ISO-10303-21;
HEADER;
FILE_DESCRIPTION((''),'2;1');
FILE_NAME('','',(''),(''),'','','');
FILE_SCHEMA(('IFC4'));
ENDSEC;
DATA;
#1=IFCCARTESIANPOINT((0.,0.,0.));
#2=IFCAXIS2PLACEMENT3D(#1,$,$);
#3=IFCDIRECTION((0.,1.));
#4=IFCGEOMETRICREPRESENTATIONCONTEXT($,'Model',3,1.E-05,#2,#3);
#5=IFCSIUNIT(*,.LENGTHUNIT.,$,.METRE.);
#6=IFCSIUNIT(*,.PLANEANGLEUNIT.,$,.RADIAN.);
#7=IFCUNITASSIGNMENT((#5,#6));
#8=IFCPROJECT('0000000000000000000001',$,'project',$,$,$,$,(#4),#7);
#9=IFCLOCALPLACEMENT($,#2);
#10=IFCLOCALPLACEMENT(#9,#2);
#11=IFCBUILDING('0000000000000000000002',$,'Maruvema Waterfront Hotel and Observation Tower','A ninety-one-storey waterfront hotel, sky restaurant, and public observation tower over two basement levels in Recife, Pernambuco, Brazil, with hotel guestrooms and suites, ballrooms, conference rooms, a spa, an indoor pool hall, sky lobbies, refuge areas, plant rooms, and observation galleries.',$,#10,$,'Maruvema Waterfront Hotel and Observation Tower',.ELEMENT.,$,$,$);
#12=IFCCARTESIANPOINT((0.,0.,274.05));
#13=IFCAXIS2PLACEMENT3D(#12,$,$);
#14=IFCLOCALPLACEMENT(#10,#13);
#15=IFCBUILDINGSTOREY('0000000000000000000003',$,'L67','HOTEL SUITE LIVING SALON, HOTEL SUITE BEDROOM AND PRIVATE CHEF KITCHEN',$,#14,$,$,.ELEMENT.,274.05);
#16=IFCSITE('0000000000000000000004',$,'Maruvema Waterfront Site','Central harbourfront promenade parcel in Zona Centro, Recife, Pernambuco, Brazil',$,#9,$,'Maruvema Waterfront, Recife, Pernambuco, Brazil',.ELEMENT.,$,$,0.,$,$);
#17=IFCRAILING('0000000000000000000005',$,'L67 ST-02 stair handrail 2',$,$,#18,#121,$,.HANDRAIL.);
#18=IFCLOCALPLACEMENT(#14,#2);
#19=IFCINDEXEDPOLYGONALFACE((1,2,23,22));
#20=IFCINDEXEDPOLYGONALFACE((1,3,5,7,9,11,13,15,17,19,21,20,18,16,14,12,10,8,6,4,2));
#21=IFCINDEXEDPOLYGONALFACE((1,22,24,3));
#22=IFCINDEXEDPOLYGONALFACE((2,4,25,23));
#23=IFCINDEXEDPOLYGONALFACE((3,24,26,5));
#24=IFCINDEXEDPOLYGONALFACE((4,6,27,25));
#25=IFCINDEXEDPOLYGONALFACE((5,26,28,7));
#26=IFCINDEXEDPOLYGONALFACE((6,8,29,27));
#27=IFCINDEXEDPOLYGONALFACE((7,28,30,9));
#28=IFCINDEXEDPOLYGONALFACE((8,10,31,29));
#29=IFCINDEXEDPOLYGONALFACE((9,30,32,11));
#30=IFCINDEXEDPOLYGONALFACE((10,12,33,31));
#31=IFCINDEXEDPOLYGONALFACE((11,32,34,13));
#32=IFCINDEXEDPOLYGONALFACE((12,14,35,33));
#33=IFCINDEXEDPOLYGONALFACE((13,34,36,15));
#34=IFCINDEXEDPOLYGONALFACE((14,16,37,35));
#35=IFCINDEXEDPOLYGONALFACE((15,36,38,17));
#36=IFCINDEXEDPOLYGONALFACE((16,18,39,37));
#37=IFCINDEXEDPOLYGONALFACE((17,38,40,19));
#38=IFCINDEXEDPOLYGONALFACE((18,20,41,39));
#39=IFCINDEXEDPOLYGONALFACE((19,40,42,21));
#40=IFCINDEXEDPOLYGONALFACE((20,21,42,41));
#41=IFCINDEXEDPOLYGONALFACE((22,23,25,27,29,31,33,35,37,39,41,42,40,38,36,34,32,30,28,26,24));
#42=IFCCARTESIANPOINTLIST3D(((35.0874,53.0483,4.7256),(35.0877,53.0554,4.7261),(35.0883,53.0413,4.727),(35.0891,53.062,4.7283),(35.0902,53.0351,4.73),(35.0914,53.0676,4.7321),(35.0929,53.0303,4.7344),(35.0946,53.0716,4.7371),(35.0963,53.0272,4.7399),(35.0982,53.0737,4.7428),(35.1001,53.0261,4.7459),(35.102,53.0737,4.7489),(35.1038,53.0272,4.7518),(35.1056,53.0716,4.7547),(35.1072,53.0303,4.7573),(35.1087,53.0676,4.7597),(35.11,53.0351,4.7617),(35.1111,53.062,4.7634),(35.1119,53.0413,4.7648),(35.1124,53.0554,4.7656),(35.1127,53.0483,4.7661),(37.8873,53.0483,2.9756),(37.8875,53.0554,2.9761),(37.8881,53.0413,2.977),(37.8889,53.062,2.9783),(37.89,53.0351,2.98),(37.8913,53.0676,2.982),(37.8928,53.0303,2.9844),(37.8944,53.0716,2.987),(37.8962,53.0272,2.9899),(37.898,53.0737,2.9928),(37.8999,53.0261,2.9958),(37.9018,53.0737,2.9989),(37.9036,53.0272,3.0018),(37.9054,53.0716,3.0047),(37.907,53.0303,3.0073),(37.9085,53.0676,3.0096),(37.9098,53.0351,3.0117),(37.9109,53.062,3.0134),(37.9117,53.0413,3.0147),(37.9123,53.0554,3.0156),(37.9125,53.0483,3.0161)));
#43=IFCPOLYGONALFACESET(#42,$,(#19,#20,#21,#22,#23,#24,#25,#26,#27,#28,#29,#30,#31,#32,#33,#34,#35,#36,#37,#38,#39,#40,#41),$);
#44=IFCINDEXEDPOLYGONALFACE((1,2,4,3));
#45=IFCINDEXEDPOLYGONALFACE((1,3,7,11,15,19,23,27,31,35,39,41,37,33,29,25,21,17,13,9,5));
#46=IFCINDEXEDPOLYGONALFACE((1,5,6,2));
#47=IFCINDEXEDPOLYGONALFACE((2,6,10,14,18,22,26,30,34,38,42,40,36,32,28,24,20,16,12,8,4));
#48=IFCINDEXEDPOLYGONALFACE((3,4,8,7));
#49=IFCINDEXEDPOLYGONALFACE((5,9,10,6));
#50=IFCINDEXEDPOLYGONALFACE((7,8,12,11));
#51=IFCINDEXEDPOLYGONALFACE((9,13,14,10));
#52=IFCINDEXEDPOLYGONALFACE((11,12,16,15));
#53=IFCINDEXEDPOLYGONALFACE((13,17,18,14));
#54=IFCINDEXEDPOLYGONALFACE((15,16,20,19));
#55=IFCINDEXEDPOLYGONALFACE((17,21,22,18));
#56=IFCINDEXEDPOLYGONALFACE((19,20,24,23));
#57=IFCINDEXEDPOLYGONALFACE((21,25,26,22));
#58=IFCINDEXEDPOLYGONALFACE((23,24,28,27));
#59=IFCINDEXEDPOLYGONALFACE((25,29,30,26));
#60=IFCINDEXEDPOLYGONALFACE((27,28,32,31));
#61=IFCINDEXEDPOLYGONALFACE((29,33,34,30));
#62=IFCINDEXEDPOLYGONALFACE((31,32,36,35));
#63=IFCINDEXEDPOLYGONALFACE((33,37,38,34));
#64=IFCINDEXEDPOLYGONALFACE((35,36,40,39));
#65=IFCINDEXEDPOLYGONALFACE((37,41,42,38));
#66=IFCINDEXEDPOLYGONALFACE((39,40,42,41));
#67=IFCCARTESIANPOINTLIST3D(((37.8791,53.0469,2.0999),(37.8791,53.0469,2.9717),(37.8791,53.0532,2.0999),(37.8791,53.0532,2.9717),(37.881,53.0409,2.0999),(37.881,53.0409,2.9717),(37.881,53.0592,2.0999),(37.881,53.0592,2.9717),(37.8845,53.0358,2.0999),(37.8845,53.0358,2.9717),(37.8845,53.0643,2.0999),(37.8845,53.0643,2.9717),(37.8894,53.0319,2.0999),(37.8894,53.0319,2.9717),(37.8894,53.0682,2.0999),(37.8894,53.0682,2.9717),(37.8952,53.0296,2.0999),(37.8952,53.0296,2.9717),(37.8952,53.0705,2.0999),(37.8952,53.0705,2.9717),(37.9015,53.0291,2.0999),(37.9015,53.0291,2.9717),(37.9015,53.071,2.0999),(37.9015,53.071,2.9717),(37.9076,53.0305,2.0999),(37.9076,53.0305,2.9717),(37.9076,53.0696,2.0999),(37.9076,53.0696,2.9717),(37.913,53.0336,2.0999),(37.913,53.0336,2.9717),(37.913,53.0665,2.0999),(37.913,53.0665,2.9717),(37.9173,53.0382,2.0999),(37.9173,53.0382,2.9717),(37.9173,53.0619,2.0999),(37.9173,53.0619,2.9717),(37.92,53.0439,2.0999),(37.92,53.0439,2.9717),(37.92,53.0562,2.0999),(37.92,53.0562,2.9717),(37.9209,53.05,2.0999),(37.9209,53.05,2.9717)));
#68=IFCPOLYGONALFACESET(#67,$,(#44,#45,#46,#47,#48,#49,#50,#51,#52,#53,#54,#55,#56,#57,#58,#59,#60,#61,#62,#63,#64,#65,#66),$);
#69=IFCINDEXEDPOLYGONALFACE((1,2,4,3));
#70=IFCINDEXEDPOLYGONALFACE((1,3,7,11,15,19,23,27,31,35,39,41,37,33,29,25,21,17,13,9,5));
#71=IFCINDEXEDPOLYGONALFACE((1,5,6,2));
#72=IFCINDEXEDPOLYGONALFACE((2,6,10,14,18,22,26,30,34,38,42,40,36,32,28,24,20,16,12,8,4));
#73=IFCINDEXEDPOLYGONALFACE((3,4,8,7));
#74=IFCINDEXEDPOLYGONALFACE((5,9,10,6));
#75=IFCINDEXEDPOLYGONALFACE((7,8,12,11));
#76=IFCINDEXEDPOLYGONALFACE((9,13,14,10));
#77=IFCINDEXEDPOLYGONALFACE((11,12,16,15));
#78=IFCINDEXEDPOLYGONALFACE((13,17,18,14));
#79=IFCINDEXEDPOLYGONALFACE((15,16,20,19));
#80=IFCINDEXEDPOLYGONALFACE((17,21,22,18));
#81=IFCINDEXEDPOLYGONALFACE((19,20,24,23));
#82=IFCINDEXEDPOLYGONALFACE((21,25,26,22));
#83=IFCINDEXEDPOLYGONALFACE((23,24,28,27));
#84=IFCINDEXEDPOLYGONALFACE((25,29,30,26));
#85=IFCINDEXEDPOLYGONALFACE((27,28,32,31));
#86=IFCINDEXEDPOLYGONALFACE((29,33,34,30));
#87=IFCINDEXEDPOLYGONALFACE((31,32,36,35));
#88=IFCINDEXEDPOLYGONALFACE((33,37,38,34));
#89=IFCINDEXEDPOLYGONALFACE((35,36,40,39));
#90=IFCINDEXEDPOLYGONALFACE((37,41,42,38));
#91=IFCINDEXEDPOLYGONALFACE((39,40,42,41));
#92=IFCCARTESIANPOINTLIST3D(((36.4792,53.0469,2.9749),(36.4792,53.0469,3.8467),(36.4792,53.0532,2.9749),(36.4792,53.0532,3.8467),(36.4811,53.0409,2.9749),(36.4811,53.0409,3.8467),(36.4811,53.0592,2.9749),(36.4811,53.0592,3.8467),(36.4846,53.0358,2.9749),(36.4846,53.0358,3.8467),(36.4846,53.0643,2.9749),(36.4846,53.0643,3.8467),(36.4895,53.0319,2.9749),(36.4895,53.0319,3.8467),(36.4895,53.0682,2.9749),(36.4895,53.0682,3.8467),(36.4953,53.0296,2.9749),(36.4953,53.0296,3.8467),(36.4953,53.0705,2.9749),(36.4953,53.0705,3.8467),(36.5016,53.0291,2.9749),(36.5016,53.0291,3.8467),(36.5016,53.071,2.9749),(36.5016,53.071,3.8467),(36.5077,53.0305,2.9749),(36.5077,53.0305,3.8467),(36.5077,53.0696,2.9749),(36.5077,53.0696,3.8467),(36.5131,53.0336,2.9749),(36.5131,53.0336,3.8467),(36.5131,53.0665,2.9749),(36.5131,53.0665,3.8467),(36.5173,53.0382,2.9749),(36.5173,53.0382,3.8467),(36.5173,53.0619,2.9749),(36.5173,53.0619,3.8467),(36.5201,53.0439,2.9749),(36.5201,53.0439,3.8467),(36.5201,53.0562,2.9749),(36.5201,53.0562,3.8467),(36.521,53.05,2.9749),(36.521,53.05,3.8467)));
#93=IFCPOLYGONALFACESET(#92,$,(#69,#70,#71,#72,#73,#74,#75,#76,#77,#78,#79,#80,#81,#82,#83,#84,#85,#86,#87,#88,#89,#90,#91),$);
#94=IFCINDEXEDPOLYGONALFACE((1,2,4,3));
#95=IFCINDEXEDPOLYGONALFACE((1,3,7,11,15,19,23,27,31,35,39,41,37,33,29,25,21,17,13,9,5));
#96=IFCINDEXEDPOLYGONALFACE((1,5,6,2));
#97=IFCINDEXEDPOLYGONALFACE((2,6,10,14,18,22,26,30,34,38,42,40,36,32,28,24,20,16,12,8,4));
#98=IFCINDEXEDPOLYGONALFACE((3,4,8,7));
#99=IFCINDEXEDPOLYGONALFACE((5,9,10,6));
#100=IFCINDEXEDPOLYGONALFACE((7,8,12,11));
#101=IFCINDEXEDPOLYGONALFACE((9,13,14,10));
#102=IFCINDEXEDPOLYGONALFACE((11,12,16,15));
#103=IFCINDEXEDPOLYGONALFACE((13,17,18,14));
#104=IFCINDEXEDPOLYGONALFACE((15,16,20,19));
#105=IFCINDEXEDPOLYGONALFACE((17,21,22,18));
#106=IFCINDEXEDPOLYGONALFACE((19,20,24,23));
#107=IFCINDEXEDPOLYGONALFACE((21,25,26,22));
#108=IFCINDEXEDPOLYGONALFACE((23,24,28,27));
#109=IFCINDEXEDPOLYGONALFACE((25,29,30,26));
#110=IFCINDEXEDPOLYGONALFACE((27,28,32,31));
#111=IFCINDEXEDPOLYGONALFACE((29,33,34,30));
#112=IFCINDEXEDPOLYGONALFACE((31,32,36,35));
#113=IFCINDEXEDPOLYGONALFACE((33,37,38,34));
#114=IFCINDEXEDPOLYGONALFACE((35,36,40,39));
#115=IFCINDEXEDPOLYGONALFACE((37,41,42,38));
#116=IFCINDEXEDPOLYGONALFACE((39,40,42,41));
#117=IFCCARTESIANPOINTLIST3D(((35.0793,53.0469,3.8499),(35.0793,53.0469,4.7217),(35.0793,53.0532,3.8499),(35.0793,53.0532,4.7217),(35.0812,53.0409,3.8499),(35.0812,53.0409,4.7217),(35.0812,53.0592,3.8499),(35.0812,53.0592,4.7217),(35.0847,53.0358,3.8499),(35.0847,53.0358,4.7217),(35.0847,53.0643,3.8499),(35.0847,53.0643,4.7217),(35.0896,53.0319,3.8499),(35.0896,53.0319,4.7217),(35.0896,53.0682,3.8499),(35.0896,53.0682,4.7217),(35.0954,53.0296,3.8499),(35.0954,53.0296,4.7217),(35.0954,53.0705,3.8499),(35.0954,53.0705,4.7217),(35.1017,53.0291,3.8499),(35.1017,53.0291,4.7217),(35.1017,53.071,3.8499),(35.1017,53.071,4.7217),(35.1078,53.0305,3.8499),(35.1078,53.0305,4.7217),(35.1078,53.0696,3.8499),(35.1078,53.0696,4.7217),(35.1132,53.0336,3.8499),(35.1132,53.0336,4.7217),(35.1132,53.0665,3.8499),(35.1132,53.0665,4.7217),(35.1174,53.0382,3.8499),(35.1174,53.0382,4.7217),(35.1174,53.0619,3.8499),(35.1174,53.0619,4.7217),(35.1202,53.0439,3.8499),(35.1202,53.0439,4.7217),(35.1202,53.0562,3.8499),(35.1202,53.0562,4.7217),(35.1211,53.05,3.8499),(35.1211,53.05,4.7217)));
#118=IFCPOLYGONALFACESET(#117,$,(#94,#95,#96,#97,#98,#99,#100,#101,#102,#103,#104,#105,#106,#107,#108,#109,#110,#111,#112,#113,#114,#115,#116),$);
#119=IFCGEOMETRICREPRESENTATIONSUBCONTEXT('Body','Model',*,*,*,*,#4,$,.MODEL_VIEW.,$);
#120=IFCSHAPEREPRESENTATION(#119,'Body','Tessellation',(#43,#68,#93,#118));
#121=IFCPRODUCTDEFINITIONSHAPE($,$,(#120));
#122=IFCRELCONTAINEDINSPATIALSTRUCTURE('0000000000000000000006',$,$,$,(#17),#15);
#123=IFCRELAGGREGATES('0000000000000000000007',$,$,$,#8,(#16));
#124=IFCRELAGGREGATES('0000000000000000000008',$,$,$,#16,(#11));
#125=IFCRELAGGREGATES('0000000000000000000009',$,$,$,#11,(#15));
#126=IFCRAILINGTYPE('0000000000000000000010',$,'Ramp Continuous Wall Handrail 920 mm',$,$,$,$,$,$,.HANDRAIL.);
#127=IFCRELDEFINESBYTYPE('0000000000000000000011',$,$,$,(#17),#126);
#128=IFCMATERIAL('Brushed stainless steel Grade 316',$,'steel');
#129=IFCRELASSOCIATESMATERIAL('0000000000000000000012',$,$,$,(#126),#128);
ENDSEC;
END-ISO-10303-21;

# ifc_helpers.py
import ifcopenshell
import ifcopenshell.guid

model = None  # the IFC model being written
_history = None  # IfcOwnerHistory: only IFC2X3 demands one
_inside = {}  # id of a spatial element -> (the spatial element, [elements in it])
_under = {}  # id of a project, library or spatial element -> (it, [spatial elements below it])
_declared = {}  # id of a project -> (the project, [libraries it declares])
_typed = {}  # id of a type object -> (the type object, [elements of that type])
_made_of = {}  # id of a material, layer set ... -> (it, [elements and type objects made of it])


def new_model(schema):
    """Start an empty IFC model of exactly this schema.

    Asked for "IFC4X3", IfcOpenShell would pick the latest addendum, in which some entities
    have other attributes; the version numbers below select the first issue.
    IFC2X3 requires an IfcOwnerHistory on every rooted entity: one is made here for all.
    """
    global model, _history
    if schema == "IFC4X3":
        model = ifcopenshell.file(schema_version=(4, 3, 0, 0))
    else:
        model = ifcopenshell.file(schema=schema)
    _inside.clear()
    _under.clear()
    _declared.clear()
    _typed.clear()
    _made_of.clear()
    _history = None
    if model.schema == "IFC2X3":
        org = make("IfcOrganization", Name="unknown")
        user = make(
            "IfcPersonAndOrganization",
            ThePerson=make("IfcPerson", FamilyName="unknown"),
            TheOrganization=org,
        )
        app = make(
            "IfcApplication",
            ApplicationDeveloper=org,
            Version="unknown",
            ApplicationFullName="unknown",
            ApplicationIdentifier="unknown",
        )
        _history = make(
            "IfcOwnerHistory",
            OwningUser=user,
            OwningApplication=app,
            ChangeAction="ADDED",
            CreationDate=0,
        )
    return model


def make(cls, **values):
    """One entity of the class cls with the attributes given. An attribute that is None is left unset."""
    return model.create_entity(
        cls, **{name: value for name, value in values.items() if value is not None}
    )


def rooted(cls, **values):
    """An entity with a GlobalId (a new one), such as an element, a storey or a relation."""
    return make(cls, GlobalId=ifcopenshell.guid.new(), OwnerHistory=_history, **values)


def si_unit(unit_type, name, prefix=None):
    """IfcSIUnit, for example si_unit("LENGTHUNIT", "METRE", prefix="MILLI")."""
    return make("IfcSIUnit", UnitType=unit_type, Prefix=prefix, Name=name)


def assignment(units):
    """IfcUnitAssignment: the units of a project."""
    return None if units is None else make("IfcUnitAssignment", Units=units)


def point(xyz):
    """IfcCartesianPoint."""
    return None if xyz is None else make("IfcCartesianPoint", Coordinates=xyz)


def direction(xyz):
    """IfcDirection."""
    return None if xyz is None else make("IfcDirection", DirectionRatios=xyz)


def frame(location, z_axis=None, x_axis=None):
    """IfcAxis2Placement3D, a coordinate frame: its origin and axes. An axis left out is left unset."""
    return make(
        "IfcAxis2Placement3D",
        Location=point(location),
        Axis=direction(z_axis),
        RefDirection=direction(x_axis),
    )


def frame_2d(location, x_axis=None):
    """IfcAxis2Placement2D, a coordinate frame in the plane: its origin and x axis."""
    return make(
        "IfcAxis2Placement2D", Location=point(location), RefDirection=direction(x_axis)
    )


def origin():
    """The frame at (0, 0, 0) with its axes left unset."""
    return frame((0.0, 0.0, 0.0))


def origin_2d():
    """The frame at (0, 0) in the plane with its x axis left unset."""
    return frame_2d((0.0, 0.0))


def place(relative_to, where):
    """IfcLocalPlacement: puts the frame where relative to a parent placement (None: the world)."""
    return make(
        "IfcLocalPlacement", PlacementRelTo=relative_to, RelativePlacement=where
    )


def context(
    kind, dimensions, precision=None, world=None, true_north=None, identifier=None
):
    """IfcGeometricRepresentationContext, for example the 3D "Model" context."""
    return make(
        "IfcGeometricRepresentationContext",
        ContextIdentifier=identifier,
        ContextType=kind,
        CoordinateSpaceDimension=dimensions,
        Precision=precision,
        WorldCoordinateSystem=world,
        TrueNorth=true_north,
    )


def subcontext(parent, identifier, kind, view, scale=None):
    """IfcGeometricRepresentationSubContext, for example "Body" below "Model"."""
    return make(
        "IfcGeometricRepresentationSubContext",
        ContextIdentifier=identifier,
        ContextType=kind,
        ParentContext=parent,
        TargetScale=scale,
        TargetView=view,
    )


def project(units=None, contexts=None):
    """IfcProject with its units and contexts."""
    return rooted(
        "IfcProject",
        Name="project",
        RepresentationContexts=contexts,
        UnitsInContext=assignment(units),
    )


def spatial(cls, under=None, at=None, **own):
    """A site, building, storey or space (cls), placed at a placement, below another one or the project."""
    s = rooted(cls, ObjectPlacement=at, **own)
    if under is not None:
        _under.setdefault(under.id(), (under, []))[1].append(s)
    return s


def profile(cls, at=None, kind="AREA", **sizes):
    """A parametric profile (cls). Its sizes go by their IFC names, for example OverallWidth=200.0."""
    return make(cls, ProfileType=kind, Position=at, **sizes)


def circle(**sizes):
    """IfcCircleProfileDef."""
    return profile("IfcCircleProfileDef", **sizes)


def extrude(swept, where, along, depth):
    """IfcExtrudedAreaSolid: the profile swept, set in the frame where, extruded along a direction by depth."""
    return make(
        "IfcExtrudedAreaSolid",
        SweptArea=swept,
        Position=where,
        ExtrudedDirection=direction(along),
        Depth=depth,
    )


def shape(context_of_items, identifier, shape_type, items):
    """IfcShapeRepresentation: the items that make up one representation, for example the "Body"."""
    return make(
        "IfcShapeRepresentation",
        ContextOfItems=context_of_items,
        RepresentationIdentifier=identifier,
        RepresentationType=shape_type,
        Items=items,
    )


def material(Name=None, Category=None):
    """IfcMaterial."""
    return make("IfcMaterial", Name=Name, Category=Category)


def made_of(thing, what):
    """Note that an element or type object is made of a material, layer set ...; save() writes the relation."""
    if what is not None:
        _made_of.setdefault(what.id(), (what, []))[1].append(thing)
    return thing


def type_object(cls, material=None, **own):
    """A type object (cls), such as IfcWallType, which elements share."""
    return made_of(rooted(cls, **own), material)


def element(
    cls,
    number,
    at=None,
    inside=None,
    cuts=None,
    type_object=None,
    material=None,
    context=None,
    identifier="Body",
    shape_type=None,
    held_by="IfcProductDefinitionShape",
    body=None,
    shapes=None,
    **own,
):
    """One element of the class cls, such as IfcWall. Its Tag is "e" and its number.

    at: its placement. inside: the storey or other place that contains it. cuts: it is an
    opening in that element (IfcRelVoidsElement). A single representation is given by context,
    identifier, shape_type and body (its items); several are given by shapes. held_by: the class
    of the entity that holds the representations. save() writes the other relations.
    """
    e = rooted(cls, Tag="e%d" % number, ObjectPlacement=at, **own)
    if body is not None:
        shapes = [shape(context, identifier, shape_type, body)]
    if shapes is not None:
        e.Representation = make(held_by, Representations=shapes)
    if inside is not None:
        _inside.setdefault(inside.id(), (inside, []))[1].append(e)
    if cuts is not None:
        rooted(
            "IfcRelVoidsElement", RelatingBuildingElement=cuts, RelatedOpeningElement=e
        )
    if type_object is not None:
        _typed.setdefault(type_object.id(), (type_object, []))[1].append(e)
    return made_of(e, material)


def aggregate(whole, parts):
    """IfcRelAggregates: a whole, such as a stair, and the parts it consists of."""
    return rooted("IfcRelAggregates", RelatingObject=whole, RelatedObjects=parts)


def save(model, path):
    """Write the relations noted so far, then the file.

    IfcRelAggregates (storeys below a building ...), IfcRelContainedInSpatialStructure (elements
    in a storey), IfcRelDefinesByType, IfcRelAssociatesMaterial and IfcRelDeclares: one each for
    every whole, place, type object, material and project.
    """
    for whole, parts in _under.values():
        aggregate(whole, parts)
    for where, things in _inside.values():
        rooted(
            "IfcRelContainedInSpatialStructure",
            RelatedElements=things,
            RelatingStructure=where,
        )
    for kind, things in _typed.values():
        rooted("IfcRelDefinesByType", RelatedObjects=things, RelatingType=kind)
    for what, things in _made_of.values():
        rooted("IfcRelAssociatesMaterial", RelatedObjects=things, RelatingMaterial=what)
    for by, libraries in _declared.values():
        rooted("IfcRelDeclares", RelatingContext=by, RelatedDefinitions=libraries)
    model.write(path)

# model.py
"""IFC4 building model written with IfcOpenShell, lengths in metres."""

from ifc_helpers import new_model, si_unit, direction, frame, origin, origin_2d, place, context, subcontext, project, spatial, circle, extrude, material, type_object, element, save


model = new_model("IFC4")

# Units and contexts
model_context = context("Model", 3, precision=1e-05, world=origin(), true_north=direction((0.0, 1.0)))
body_context = subcontext(model_context, "Body", "Model", "MODEL_VIEW")
ifc_project = project(units=[si_unit("LENGTHUNIT", "METRE"), si_unit("PLANEANGLEUNIT", "RADIAN")], contexts=[model_context])

# Site, building, storey
site_placement = place(None, origin())
site = spatial("IfcSite", under=ifc_project, at=site_placement, Name="Maruvema Waterfront Site", Description="Central harbourfront promenade parcel in Zona Centro, Recife, Pernambuco, Brazil", LongName="Maruvema Waterfront, Recife, Pernambuco, Brazil", CompositionType="ELEMENT", RefElevation=0.0)
building_placement = place(site_placement, origin())
building = spatial("IfcBuilding", under=site, at=building_placement, Name="Maruvema Waterfront Hotel and Observation Tower", Description="A ninety-one-storey waterfront hotel, sky restaurant, and public observation tower over two basement levels in Recife, Pernambuco, Brazil, with hotel guestrooms and suites, ballrooms, conference rooms, a spa, an indoor pool hall, sky lobbies, refuge areas, plant rooms, and observation galleries.", LongName="Maruvema Waterfront Hotel and Observation Tower", CompositionType="ELEMENT")
storey_placement = place(building_placement, frame((0.0, 0.0, 274.05)))
storey = spatial("IfcBuildingStorey", under=building, at=storey_placement, Name="L67", Description="HOTEL SUITE LIVING SALON, HOTEL SUITE BEDROOM AND PRIVATE CHEF KITCHEN", CompositionType="ELEMENT", Elevation=274.05)

# Railing
ifc_material_1 = material(Name="Brushed stainless steel Grade 316", Category="steel")
railing_type_1 = type_object("IfcRailingType", Name="Ramp Continuous Wall Handrail 920 mm", PredefinedType="HANDRAIL", material=ifc_material_1)
railing_1_placement = place(storey_placement, frame((37.8999, 53.05, 2.0999)))
element("IfcRailing", 1, at=railing_1_placement, inside=storey, type_object=railing_type_1, Name="L67 ST-02 stair handrail 2", PredefinedType="HANDRAIL", context=body_context, shape_type="SweptSolid", body=[
    extrude(circle(Radius=0.0239, at=origin_2d()), frame((0.0, 0.0, 0.896), z_axis=(-0.847982, 0.0, 0.530026), x_axis=(0.0, -1.0, 0.0)), (0.0, 0.0, 1.0), 3.3018),
    extrude(circle(Radius=0.021, at=origin_2d()), origin(), (0.0, 0.0, 1.0), 0.8718),
    extrude(circle(Radius=0.021, at=origin_2d()), frame((-1.3999, 0.0, 0.875)), (0.0, 0.0, 1.0), 0.8718),
    extrude(circle(Radius=0.021, at=origin_2d()), frame((-2.7998, 0.0, 1.75)), (0.0, 0.0, 1.0), 0.8718),
])

save(model, "model.ifc")
